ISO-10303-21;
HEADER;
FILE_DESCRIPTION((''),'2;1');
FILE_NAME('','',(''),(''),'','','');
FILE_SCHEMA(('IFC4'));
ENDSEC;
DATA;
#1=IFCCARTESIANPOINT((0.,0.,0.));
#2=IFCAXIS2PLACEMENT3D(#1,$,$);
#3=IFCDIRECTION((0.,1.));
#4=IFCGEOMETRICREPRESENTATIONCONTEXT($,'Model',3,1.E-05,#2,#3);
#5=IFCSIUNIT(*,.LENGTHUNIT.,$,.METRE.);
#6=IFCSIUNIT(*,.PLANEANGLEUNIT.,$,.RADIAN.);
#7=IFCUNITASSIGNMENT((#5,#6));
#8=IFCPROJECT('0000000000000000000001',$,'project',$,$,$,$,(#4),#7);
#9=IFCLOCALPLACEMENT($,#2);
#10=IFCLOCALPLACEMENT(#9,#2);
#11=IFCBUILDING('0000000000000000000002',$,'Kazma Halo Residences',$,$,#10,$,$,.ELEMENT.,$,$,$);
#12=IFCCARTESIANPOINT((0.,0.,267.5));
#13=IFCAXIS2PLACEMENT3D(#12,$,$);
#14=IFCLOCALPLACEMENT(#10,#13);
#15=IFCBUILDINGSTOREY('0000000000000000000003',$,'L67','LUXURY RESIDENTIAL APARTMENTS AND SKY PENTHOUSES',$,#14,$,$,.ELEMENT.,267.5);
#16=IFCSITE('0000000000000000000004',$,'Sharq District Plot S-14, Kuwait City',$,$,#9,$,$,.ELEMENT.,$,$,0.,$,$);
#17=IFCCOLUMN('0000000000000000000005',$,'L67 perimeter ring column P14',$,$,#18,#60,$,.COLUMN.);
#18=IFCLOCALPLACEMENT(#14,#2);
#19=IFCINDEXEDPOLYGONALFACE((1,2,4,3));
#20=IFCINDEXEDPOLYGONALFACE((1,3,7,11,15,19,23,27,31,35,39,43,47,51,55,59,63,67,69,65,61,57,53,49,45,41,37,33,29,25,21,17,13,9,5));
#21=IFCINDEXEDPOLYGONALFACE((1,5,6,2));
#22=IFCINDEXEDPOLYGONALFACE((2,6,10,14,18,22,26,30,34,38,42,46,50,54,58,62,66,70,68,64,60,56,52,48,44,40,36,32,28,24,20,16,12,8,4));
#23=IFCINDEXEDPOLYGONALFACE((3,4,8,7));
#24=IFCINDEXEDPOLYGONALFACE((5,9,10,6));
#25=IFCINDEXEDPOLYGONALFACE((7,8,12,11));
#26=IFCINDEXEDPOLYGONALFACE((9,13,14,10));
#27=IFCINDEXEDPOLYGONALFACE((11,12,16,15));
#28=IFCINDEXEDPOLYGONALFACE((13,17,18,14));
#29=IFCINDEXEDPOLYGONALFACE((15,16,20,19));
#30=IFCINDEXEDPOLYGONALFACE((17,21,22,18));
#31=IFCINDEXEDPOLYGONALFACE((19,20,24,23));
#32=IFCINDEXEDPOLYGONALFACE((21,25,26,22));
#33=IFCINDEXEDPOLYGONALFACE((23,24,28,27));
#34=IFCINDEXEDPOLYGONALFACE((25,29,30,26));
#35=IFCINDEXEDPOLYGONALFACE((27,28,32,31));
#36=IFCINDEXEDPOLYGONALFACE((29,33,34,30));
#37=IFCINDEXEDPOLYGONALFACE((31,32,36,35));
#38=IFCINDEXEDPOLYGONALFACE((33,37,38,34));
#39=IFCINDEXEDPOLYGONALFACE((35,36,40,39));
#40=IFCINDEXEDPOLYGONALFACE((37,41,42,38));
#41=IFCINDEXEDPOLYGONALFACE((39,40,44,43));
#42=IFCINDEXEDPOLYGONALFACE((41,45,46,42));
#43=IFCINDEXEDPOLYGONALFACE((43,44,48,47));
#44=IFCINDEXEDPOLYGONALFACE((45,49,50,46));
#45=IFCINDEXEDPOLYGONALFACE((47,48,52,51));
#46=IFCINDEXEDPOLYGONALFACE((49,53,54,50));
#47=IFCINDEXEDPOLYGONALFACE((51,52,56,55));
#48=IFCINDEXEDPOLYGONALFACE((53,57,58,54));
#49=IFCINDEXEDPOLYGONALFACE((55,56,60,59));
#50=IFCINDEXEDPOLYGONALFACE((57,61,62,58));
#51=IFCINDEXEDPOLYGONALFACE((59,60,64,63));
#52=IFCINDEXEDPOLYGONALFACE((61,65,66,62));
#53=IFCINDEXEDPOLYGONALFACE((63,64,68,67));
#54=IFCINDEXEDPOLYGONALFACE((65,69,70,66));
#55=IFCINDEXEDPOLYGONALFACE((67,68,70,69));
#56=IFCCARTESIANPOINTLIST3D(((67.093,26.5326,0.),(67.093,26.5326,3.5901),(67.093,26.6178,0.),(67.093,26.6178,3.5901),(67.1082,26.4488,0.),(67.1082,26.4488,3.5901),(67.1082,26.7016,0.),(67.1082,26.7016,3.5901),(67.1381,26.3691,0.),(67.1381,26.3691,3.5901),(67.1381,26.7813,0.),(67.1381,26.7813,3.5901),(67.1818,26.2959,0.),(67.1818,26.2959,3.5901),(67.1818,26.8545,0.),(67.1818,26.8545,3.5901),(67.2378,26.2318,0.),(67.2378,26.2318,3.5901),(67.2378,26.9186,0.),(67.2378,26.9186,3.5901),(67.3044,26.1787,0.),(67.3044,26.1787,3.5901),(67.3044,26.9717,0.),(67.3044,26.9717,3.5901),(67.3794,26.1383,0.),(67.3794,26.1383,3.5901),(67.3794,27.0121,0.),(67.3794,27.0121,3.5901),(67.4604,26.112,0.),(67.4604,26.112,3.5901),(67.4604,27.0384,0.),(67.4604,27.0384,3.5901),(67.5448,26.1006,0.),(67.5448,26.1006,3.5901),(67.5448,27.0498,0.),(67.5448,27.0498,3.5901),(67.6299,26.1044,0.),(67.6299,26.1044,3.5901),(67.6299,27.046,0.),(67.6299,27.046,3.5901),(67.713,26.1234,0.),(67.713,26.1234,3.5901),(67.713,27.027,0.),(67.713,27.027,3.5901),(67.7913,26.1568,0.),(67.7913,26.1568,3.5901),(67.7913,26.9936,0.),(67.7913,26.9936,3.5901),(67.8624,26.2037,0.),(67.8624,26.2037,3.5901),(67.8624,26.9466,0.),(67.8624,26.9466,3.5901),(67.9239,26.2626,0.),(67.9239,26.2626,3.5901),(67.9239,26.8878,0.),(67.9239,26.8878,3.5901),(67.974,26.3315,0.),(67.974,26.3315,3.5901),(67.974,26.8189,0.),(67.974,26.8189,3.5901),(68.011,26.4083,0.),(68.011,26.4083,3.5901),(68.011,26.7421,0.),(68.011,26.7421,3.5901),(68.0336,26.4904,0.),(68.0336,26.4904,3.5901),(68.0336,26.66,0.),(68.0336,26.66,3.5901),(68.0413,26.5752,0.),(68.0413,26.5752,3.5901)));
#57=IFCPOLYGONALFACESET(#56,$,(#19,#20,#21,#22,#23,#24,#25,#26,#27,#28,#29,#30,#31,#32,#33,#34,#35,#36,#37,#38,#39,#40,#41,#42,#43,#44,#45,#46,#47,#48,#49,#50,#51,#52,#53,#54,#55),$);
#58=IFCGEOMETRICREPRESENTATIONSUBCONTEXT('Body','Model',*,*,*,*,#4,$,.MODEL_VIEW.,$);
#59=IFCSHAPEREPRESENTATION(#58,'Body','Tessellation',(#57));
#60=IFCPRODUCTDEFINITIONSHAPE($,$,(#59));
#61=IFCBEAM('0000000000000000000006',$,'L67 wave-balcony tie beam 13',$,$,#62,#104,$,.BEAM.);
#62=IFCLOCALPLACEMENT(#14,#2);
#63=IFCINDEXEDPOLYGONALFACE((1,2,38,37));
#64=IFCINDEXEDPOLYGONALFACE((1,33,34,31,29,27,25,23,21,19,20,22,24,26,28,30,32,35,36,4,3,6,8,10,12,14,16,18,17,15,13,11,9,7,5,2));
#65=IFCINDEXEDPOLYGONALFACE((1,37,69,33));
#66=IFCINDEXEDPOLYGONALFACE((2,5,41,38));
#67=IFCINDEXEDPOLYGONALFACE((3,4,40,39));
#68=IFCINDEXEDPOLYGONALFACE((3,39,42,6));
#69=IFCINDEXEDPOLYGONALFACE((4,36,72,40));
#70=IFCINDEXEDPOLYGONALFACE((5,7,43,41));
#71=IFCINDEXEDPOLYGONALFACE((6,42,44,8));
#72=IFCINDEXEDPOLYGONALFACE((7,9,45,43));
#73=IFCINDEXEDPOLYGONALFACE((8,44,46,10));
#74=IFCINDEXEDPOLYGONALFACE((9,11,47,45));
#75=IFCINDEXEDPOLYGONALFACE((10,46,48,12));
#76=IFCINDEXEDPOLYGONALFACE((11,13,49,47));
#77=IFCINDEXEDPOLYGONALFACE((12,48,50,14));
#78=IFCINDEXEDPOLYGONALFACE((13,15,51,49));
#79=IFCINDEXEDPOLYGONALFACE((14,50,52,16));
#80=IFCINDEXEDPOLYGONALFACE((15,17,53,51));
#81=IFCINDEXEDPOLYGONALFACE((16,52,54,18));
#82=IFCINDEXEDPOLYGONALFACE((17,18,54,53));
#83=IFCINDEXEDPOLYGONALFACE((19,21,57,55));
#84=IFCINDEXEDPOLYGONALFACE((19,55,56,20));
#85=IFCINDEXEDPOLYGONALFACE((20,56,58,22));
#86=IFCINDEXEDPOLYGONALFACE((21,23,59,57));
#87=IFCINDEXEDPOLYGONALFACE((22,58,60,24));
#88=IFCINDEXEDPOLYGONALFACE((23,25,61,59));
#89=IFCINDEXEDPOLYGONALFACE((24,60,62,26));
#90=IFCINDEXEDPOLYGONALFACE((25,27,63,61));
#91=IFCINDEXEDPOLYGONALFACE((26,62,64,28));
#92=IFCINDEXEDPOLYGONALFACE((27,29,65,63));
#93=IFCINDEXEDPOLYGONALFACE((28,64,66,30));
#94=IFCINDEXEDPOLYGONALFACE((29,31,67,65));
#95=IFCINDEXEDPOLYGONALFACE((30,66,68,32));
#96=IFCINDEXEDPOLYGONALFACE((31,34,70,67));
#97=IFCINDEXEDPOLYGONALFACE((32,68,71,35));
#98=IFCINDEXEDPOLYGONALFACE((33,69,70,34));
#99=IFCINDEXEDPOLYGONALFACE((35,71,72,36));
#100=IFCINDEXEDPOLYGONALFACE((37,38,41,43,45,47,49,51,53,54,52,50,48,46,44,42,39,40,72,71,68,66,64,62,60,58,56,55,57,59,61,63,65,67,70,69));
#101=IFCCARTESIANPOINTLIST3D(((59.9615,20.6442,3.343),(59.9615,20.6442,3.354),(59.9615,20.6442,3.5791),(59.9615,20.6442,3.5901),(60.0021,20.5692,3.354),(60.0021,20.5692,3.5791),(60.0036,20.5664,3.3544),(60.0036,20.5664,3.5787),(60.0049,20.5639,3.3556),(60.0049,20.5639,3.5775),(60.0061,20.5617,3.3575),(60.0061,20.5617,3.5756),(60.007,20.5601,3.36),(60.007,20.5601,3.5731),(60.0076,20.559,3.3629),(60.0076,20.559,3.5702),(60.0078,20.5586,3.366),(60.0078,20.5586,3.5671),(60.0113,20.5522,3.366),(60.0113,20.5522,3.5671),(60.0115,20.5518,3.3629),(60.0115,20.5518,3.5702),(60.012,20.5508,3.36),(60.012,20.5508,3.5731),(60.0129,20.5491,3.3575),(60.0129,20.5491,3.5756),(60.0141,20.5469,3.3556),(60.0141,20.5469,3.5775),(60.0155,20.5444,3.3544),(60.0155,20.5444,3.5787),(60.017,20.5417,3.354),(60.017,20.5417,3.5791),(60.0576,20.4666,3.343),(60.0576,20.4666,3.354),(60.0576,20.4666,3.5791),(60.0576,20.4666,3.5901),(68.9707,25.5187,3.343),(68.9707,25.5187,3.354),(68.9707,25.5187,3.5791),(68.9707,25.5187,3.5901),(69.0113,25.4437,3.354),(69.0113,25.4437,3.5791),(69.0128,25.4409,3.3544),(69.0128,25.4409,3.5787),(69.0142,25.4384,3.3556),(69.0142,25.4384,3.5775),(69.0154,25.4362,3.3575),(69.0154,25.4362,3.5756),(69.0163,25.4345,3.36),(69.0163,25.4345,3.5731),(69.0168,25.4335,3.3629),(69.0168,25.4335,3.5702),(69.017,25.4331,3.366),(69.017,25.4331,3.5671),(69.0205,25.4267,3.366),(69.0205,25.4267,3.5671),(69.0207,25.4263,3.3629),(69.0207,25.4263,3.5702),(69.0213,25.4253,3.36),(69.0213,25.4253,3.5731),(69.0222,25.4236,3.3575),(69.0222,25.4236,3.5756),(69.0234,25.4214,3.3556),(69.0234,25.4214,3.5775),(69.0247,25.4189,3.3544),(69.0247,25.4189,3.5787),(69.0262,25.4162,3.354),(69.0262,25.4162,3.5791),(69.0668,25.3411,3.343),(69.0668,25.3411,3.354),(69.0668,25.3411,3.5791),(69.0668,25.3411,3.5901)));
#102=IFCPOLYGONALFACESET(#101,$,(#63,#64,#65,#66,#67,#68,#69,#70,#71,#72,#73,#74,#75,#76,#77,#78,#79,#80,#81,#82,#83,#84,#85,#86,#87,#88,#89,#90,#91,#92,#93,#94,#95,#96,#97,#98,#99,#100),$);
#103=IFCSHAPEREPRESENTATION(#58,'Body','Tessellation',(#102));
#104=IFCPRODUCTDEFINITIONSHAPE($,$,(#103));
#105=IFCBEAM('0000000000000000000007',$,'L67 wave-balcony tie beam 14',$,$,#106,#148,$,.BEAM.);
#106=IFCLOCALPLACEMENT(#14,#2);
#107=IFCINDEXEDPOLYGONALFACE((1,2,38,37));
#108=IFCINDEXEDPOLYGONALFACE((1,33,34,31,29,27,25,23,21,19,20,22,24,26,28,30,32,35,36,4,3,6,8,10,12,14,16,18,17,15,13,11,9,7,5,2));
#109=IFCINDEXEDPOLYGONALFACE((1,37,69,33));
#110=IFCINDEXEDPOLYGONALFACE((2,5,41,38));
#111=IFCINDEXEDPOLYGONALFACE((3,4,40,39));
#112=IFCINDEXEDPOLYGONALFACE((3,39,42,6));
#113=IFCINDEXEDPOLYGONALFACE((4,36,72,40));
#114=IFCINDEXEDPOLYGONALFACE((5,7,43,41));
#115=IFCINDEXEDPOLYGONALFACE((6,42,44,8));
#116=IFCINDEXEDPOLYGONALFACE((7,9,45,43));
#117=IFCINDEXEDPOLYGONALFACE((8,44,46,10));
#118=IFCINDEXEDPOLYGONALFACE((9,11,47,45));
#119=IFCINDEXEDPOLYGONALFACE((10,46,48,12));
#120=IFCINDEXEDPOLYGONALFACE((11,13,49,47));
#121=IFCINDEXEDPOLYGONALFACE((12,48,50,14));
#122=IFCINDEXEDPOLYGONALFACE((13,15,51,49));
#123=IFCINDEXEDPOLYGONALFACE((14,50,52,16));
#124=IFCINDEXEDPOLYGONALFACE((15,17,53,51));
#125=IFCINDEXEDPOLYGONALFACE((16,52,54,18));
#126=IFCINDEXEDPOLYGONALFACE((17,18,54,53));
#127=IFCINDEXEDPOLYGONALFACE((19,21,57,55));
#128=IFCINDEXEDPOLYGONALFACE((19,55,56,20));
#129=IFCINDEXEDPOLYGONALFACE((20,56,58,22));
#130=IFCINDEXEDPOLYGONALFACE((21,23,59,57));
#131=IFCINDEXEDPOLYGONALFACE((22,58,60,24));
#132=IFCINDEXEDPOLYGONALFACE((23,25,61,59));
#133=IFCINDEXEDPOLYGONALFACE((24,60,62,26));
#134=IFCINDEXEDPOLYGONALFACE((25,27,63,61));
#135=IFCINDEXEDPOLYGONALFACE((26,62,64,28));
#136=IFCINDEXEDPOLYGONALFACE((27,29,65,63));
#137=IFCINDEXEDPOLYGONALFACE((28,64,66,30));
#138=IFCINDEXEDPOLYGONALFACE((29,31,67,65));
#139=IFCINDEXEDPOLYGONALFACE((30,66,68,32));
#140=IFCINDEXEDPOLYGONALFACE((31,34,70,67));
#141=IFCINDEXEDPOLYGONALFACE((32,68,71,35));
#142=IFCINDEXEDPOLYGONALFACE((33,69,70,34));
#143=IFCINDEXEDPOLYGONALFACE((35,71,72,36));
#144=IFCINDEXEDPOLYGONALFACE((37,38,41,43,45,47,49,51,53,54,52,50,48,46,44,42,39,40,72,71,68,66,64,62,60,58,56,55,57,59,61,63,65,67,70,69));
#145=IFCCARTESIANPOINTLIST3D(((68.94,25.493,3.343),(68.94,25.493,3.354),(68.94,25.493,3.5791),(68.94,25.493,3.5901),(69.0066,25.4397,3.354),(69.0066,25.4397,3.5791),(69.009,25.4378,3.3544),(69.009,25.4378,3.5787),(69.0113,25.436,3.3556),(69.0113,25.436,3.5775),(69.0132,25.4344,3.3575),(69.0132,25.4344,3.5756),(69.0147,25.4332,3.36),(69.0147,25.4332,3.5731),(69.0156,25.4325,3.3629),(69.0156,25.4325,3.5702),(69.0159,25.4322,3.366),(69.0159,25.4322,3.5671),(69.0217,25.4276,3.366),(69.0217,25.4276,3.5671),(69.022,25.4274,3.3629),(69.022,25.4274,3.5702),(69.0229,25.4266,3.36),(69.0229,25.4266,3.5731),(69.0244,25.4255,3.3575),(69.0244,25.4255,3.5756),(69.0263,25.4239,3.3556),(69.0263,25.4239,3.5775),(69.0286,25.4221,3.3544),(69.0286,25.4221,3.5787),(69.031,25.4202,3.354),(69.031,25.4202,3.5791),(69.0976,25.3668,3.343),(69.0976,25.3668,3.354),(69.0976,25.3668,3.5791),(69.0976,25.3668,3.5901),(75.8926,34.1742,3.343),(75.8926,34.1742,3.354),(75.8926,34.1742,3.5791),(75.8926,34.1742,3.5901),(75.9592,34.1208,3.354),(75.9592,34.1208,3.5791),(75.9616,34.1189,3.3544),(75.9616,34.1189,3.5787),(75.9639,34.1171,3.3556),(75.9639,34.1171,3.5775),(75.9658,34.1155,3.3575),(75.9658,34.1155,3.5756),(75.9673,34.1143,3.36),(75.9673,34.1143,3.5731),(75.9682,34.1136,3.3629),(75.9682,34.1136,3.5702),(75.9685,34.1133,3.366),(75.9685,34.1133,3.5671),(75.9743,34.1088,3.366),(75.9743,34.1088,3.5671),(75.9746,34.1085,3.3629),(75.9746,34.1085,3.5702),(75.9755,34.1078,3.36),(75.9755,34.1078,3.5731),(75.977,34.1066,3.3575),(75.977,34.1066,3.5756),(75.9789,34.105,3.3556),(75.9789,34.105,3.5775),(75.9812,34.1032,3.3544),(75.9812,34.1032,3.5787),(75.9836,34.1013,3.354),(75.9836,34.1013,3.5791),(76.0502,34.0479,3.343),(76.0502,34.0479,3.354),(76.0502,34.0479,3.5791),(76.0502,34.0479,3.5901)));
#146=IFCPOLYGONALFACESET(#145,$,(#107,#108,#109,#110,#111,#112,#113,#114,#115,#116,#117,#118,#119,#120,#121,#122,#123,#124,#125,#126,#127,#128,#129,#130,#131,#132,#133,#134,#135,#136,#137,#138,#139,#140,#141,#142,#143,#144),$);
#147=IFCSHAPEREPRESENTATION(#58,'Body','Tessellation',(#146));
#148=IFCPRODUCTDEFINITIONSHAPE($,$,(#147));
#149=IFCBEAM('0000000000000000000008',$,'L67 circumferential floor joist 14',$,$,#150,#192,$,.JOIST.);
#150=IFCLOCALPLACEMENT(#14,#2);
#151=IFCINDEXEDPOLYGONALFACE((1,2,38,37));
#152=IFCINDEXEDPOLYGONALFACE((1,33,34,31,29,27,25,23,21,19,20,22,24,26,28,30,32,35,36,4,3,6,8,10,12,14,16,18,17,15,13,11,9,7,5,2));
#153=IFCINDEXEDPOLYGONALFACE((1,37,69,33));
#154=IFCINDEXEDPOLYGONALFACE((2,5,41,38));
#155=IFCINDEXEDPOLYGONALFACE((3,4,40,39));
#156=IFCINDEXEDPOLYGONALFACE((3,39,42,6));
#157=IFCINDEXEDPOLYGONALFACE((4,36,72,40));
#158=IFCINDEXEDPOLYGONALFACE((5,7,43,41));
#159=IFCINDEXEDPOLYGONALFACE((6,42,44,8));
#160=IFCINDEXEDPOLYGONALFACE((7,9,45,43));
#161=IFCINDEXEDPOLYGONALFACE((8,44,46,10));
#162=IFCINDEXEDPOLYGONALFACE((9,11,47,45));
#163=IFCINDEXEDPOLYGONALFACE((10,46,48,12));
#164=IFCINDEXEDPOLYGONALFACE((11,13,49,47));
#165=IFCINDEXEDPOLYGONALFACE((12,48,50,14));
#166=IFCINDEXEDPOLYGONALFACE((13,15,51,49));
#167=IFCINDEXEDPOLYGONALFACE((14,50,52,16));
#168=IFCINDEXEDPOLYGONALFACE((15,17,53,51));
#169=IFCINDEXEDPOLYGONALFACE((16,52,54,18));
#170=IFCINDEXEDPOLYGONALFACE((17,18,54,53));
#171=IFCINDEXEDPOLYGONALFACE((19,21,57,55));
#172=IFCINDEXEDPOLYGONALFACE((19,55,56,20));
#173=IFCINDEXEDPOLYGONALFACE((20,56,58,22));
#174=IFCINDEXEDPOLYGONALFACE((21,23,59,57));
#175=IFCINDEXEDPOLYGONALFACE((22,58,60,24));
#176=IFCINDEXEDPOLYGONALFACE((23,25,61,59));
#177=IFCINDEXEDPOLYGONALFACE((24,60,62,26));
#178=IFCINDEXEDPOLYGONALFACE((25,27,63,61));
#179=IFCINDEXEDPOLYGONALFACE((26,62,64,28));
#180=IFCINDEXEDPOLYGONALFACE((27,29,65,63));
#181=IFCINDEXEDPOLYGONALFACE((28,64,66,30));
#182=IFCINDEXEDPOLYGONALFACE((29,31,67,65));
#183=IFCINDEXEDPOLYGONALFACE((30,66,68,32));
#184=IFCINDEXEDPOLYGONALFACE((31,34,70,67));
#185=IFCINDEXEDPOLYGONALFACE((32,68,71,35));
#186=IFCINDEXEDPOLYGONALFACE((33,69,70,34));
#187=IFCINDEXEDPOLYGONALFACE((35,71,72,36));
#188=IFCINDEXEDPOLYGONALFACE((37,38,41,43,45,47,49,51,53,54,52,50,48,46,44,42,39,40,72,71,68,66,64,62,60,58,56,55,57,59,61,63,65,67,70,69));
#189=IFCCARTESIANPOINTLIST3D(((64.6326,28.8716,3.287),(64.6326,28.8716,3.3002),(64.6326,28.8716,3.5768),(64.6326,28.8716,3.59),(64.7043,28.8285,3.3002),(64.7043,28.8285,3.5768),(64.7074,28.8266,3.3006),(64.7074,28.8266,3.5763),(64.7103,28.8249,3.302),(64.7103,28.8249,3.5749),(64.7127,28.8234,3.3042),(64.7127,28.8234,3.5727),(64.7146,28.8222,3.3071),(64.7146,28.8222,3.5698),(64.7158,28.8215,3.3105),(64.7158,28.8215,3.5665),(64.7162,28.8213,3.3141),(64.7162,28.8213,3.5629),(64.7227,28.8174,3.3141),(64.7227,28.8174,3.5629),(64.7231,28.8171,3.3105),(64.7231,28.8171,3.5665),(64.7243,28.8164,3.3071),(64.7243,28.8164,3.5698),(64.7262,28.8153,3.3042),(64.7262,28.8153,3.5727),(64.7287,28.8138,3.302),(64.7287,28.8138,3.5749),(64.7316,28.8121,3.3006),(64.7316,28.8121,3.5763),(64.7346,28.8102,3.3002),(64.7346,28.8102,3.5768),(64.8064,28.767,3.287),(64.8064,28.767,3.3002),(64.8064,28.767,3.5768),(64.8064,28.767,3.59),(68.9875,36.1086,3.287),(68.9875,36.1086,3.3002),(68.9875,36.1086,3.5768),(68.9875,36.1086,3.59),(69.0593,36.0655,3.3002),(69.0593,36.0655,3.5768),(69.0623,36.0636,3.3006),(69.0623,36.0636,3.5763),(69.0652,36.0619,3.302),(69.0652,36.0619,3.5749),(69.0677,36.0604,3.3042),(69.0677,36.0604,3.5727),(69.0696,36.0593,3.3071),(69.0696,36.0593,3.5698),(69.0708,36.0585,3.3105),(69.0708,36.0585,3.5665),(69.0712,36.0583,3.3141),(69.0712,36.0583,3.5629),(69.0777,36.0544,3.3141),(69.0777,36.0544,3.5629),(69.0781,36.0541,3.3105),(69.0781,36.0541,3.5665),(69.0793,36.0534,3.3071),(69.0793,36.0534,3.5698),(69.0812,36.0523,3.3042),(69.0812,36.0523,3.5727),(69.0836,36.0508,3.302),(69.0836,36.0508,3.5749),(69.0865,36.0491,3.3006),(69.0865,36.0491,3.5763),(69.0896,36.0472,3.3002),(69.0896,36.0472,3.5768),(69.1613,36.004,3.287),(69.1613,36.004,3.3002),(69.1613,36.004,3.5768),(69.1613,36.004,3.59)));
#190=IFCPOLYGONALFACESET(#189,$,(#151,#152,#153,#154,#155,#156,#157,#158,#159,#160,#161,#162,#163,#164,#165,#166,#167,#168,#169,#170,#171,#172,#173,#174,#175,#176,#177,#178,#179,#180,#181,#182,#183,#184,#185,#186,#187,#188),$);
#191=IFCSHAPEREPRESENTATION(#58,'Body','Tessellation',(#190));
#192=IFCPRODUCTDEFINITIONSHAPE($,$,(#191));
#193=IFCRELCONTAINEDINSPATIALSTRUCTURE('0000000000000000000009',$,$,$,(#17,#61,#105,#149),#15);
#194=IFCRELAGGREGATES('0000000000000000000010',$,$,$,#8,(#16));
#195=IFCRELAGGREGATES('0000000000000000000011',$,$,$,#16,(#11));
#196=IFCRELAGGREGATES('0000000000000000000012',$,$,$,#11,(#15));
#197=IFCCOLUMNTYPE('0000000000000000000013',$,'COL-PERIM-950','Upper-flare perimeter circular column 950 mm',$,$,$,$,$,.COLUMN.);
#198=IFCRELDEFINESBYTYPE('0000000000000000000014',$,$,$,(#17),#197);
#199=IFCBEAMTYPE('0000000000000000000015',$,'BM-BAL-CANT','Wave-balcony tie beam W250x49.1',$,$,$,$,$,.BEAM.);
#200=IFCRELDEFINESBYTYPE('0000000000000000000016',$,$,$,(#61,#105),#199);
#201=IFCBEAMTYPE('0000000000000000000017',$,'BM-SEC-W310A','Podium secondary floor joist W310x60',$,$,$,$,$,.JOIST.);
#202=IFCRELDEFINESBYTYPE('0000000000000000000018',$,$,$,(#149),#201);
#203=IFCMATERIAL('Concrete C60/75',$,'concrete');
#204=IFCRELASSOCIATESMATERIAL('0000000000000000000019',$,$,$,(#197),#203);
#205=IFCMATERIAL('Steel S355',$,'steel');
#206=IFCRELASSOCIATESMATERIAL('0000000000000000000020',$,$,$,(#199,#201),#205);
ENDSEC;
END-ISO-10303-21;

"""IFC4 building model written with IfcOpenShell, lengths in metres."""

from ifc_helpers import new_model, si_unit, direction, frame, origin, origin_2d, place, context, subcontext, project, spatial, circle, i_section, extrude, material, material_profile, profile_set, type_object, element, save


model = new_model("IFC4")

# Units and contexts
model_context = context("Model", 3, precision=1e-05, world=origin(), true_north=direction((0.0, 1.0)))
body_context = subcontext(model_context, "Body", "Model", "MODEL_VIEW")
ifc_project = project(units=[si_unit("LENGTHUNIT", "METRE"), si_unit("PLANEANGLEUNIT", "RADIAN")], contexts=[model_context])

# Site, building, storey
site_placement = place(None, origin())
site = spatial("IfcSite", under=ifc_project, at=site_placement, Name="Sharq District Plot S-14, Kuwait City", CompositionType="ELEMENT", RefElevation=0.0)
building_placement = place(site_placement, origin())
building = spatial("IfcBuilding", under=site, at=building_placement, Name="Kazma Halo Residences", CompositionType="ELEMENT")
storey_placement = place(building_placement, frame((0.0, 0.0, 267.5)))
storey = spatial("IfcBuildingStorey", under=building, at=storey_placement, Name="L67", Description="LUXURY RESIDENTIAL APARTMENTS AND SKY PENTHOUSES", CompositionType="ELEMENT", Elevation=267.5)

# Column
ifc_material_1 = material(Name="Concrete C60/75", Category="concrete")
ifc_material_profile_1 = material_profile(ifc_material_1, circle(Radius=0.4751, at=origin_2d()), Name="CIRC950")
ifc_profile_set_1 = profile_set([ifc_material_profile_1], Name="Concrete C60/75")
column_type = type_object("IfcColumnType", Name="COL-PERIM-950", Description="Upper-flare perimeter circular column 950 mm", PredefinedType="COLUMN", material=ifc_profile_set_1)
column_placement = place(storey_placement, frame((67.5662, 26.5752, 0.0), z_axis=(0.0, 0.0, 1.0), x_axis=(1.0, 0.0, 0.0)))
element("IfcColumn", 1, at=column_placement, inside=storey, type_object=column_type, Name="L67 perimeter ring column P14", PredefinedType="COLUMN", context=body_context, shape_type="SweptSolid", body=[
    extrude(circle(Radius=0.4751, at=origin_2d()), origin(), (0.0, 0.0, 1.0), 3.5901),
])

# Beams
ifc_material_2 = material(Name="Steel S355", Category="steel")
ifc_material_profile_2 = material_profile(ifc_material_2, i_section(OverallWidth=0.2019, OverallDepth=0.2471, WebThickness=0.0073, FlangeThickness=0.011, FilletRadius=0.012, at=origin_2d()), Name="W250x49.1")
ifc_profile_set_2 = profile_set([ifc_material_profile_2], Name="Steel S355")
beam_type_1 = type_object("IfcBeamType", Name="BM-BAL-CANT", Description="Wave-balcony tie beam W250x49.1", PredefinedType="BEAM", material=ifc_profile_set_2)
beam_1_placement = place(storey_placement, frame((60.0095, 20.5554, 3.4666), z_axis=(0.879517, 0.475867, 0.0), x_axis=(-0.475867, 0.879517, 0.0)))
element("IfcBeam", 2, at=beam_1_placement, inside=storey, type_object=beam_type_1, Name="L67 wave-balcony tie beam 13", PredefinedType="BEAM", context=body_context, shape_type="SweptSolid", body=[
    extrude(i_section(OverallWidth=0.2019, OverallDepth=0.2471, WebThickness=0.0073, FlangeThickness=0.011, FilletRadius=0.012, at=origin_2d()), origin(), (0.0, 0.0, 1.0), 10.2434),
])
beam_2_placement = place(storey_placement, frame((69.0188, 25.4299, 3.4666), z_axis=(0.625118, 0.78053, 0.0), x_axis=(-0.78053, 0.625118, 0.0)))
element("IfcBeam", 3, at=beam_2_placement, inside=storey, type_object=beam_type_1, Name="L67 wave-balcony tie beam 14", PredefinedType="BEAM", context=body_context, shape_type="SweptSolid", body=[
    extrude(i_section(OverallWidth=0.2019, OverallDepth=0.2471, WebThickness=0.0073, FlangeThickness=0.011, FilletRadius=0.012, at=origin_2d()), origin(), (0.0, 0.0, 1.0), 11.1221),
])
ifc_material_profile_3 = material_profile(ifc_material_2, i_section(OverallWidth=0.2029, OverallDepth=0.303, WebThickness=0.0076, FlangeThickness=0.0132, FilletRadius=0.0139, at=origin_2d()), Name="W310x60")
ifc_profile_set_3 = profile_set([ifc_material_profile_3], Name="Steel S355")
beam_type_2 = type_object("IfcBeamType", Name="BM-SEC-W310A", Description="Podium secondary floor joist W310x60", PredefinedType="JOIST", material=ifc_profile_set_3)
beam_3_placement = place(storey_placement, frame((64.7195, 28.8193, 3.4385), z_axis=(0.515605, 0.856827, 0.0), x_axis=(-0.856827, 0.515605, 0.0)))
element("IfcBeam", 4, at=beam_3_placement, inside=storey, type_object=beam_type_2, Name="L67 circumferential floor joist 14", PredefinedType="JOIST", context=body_context, shape_type="SweptSolid", body=[
    extrude(i_section(OverallWidth=0.2029, OverallDepth=0.303, WebThickness=0.0076, FlangeThickness=0.0132, FilletRadius=0.0139, at=origin_2d()), origin(), (0.0, 0.0, 1.0), 8.4463),
])

save(model, "model.ifc")
